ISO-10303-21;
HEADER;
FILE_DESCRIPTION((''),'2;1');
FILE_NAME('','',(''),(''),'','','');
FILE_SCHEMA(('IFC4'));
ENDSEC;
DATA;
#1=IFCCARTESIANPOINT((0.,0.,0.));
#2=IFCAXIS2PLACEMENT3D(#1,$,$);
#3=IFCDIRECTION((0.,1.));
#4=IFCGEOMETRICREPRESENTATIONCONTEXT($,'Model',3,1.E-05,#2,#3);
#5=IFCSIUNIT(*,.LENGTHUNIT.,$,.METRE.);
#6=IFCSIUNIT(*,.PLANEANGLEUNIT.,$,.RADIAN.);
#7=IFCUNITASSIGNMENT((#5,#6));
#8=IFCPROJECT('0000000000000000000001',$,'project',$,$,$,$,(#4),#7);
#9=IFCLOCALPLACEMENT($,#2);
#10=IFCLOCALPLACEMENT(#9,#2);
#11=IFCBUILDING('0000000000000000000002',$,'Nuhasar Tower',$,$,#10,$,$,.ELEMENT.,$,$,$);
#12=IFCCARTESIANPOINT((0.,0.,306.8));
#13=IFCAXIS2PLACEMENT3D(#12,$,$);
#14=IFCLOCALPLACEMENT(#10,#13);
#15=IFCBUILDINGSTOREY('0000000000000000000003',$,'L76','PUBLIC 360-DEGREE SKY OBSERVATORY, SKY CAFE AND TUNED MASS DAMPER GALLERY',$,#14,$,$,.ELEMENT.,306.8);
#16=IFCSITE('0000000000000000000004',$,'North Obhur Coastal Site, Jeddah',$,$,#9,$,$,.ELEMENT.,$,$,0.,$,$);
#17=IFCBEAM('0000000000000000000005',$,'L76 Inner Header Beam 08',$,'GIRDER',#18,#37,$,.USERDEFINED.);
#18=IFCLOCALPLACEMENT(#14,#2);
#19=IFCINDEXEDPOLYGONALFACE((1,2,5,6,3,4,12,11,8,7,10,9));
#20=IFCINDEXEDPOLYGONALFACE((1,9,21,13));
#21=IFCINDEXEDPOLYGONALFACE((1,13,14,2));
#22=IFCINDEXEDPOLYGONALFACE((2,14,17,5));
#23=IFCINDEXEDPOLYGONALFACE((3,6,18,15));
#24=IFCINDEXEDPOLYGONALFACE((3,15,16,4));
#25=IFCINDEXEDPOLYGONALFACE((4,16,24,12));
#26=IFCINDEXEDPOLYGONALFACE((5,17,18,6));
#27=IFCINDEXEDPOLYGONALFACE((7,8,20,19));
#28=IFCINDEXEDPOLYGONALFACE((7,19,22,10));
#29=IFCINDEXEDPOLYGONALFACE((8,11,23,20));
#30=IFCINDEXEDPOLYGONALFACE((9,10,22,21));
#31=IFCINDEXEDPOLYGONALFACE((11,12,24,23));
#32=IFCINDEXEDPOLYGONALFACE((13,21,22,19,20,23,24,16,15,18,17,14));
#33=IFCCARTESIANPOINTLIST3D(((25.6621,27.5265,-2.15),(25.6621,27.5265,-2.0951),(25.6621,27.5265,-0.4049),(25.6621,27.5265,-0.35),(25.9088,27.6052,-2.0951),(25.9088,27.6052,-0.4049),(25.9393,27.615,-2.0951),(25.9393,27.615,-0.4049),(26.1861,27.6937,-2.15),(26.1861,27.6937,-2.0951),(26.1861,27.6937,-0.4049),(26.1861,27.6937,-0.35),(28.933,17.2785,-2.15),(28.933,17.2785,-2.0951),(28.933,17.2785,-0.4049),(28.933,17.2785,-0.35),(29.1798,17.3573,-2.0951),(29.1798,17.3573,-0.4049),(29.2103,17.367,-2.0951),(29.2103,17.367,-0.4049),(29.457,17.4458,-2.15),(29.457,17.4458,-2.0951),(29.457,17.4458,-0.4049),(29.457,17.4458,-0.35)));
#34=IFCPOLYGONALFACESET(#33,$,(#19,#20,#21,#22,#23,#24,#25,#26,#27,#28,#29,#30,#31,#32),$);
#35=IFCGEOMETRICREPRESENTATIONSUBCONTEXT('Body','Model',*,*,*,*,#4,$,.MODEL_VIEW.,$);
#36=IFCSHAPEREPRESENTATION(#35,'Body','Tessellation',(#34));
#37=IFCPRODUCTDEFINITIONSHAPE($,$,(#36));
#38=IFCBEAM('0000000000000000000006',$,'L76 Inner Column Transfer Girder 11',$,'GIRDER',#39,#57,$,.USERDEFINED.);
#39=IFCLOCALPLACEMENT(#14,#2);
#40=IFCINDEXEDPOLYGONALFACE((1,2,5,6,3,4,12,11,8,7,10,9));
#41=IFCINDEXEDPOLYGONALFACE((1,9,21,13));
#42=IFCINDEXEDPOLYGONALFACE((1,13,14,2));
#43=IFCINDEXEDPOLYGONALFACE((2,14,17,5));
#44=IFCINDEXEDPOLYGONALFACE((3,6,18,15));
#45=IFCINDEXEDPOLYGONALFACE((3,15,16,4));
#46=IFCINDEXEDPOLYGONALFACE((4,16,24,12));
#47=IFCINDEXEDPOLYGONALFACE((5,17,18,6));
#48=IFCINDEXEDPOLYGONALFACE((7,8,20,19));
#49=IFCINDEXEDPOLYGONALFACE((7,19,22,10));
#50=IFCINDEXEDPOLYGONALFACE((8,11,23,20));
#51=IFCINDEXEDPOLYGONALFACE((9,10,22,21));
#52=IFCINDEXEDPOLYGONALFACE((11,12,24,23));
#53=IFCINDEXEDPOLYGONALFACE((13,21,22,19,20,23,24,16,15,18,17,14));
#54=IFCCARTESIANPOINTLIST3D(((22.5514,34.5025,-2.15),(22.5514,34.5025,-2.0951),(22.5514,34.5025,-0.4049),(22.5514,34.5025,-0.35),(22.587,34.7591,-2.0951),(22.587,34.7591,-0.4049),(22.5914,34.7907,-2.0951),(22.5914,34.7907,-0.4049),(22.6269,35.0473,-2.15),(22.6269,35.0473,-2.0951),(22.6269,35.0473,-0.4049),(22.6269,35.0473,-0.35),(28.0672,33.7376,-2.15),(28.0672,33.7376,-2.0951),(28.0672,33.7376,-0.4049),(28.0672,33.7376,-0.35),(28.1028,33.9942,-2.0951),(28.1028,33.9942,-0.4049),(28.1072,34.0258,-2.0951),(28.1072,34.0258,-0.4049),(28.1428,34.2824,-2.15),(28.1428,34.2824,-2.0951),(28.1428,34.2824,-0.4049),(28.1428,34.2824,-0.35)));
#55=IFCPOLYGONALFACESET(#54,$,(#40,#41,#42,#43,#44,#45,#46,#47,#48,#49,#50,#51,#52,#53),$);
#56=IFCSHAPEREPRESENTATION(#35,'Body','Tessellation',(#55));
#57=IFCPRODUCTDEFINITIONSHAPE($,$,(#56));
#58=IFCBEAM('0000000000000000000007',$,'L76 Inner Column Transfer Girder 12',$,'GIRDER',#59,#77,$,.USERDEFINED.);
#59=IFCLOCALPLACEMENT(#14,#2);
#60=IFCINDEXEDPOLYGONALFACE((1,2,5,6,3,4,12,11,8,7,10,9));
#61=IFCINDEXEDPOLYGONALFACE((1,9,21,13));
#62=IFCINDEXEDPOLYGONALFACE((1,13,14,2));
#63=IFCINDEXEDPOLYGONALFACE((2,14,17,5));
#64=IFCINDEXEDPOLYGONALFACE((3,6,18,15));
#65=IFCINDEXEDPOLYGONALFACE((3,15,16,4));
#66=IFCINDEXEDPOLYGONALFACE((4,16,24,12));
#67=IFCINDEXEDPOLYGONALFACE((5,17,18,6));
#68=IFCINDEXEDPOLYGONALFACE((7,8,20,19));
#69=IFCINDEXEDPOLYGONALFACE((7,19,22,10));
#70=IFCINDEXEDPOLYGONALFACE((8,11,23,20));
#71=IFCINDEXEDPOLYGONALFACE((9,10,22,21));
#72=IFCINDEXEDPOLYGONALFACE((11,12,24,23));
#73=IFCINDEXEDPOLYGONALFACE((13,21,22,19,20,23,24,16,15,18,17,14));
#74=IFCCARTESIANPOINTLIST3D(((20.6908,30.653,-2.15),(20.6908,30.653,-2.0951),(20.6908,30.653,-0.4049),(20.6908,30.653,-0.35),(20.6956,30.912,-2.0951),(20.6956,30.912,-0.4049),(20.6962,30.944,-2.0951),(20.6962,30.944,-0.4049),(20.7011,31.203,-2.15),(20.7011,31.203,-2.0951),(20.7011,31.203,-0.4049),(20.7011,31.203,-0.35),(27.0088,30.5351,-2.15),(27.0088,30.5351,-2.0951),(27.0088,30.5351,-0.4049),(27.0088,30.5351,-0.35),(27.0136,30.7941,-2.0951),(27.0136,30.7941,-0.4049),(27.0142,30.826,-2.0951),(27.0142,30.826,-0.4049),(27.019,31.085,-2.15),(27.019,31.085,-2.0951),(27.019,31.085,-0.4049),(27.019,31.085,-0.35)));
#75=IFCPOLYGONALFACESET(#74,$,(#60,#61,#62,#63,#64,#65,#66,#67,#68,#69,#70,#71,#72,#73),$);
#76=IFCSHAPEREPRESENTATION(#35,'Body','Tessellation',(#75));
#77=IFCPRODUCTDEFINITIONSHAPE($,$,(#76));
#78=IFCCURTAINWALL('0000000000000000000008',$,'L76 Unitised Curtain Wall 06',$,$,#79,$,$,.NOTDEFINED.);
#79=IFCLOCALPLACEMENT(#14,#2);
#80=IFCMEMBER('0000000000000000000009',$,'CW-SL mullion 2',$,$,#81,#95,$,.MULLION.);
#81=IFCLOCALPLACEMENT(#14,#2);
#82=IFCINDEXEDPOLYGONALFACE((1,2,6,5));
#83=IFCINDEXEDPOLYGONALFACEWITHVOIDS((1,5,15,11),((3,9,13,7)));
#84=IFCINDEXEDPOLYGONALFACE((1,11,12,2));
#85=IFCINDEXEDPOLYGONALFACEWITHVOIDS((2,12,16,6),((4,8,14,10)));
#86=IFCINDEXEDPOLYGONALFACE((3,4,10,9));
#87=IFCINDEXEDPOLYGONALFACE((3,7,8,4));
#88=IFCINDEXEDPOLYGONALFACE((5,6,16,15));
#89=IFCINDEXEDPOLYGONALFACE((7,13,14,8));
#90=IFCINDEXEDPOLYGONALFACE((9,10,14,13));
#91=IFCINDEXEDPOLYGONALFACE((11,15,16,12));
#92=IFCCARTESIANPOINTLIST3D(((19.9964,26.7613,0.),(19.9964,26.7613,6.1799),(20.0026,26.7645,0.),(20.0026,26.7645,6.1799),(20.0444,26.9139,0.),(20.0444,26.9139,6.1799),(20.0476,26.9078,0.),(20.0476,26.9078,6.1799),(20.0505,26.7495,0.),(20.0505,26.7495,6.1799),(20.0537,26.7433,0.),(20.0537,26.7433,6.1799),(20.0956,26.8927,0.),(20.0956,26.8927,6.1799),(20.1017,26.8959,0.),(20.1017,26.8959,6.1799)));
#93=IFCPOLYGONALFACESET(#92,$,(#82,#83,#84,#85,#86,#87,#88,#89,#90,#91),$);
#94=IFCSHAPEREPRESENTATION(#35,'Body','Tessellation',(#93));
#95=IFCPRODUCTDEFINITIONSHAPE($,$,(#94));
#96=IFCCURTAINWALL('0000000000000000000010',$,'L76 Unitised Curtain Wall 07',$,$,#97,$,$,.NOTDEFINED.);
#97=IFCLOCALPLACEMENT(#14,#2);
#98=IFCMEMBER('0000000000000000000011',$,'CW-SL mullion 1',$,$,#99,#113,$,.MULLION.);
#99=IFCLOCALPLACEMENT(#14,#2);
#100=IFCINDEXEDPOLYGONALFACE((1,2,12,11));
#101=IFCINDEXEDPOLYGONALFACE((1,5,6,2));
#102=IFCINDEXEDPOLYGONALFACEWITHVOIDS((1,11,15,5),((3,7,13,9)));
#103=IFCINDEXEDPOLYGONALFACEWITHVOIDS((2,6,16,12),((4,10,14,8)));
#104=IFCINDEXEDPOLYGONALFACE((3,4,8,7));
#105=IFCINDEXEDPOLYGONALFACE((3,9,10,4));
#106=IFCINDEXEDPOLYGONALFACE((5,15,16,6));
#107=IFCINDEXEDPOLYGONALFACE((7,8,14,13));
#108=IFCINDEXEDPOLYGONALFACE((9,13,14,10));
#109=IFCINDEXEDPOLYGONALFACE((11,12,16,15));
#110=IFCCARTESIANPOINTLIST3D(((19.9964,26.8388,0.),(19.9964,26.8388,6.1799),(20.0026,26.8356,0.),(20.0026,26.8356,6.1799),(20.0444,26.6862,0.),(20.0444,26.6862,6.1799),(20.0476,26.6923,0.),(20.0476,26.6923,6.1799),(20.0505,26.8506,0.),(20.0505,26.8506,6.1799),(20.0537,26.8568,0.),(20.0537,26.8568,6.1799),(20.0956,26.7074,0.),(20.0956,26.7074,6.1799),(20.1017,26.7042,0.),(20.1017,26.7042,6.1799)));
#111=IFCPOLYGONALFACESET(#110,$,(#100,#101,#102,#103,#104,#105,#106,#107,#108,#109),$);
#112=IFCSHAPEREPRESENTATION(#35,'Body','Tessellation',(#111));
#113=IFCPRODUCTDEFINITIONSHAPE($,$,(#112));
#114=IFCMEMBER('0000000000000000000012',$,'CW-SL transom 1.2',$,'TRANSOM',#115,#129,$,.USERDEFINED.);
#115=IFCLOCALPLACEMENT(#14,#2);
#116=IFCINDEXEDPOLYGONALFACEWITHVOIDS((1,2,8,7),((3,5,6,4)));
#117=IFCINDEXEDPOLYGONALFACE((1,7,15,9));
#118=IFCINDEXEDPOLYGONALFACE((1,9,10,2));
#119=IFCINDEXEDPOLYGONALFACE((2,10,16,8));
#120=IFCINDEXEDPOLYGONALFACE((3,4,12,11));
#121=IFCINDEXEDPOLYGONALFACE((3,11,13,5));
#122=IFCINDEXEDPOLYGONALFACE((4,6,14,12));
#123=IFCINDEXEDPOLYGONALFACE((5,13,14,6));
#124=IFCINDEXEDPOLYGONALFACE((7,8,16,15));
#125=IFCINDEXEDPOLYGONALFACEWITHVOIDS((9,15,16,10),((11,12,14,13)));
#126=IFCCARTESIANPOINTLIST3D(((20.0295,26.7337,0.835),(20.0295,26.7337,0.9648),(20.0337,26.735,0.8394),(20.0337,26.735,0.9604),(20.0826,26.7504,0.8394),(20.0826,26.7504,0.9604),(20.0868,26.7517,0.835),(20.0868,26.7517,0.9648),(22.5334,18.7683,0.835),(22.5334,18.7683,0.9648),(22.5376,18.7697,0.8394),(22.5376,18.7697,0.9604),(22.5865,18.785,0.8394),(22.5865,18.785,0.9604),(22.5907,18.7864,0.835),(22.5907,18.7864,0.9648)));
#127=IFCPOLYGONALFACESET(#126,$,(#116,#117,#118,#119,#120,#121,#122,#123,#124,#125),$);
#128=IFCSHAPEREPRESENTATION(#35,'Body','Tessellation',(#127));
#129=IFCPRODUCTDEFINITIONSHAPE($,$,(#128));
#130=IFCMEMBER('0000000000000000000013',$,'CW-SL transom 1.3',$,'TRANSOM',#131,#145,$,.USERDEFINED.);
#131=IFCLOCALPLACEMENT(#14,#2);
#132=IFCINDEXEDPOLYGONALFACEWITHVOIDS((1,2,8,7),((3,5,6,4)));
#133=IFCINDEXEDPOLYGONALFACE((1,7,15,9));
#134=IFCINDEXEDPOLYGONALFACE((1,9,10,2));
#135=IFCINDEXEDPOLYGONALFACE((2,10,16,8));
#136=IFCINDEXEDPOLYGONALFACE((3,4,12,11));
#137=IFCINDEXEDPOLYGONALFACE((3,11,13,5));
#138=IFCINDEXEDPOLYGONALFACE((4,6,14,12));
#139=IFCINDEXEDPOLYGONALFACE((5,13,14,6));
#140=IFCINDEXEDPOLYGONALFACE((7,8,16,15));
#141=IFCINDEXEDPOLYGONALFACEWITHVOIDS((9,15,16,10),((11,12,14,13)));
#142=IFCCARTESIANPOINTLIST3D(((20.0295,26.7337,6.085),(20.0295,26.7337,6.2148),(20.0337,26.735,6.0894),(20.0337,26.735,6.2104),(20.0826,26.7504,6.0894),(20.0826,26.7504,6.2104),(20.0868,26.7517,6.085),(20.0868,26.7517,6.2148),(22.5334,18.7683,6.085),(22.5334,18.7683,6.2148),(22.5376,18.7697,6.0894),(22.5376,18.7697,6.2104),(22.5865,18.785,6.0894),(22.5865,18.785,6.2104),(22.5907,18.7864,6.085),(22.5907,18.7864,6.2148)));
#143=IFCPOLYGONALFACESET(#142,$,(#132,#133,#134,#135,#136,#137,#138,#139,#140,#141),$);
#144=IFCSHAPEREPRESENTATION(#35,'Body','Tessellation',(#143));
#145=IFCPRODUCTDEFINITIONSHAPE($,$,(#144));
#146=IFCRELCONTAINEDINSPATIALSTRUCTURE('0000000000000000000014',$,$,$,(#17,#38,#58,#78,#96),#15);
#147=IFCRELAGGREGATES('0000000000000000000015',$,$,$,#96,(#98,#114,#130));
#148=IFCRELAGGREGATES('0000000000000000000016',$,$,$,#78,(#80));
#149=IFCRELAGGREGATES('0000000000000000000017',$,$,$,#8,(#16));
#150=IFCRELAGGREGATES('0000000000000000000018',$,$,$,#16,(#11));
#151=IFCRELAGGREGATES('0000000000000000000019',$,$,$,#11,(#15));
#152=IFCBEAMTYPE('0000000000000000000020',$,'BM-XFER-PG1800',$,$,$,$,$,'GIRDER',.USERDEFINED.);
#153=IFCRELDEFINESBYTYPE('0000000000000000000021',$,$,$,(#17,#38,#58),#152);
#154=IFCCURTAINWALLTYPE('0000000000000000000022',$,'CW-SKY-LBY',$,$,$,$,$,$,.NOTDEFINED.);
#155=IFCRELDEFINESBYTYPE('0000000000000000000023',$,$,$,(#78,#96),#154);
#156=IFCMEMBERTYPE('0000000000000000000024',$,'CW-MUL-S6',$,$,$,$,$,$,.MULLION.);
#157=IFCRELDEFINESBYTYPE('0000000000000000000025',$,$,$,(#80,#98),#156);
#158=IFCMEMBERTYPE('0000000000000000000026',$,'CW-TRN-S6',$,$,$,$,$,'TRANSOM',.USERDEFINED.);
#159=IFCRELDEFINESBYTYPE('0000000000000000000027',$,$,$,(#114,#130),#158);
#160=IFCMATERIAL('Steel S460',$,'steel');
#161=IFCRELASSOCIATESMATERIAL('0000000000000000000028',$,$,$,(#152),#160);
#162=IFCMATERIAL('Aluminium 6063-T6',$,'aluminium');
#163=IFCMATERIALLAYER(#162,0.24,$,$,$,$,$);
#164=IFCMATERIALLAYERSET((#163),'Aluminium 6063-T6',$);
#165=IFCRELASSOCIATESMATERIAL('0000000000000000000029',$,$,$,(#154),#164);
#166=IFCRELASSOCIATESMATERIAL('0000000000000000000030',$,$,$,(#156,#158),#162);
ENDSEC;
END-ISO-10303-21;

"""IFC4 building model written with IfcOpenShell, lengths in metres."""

from ifc_helpers import new_model, si_unit, direction, frame, origin, origin_2d, place, context, subcontext, project, spatial, hollow_rectangle, i_section, extrude, material, layer, layer_set, material_profile, profile_set, type_object, element, aggregate, save


model = new_model("IFC4")

# Units and contexts
model_context = context("Model", 3, precision=1e-05, world=origin(), true_north=direction((0.0, 1.0)))
body_context = subcontext(model_context, "Body", "Model", "MODEL_VIEW")
ifc_project = project(units=[si_unit("LENGTHUNIT", "METRE"), si_unit("PLANEANGLEUNIT", "RADIAN")], contexts=[model_context])

# Site, building, storey
site_placement = place(None, origin())
site = spatial("IfcSite", under=ifc_project, at=site_placement, Name="North Obhur Coastal Site, Jeddah", CompositionType="ELEMENT", RefElevation=0.0)
building_placement = place(site_placement, origin())
building = spatial("IfcBuilding", under=site, at=building_placement, Name="Nuhasar Tower", CompositionType="ELEMENT")
storey_placement = place(building_placement, frame((0.0, 0.0, 306.8)))
storey = spatial("IfcBuildingStorey", under=building, at=storey_placement, Name="L76", Description="PUBLIC 360-DEGREE SKY OBSERVATORY, SKY CAFE AND TUNED MASS DAMPER GALLERY", CompositionType="ELEMENT", Elevation=306.8)

# Beams
ifc_material_1 = material(Name="Steel S460", Category="steel")
ifc_material_profile_1 = material_profile(ifc_material_1, i_section(OverallWidth=0.55, OverallDepth=1.8, WebThickness=0.032, FlangeThickness=0.0549, at=origin_2d()), Name="PG1800X550")
ifc_profile_set_1 = profile_set([ifc_material_profile_1], Name="Steel S460")
beam_type_1 = type_object("IfcBeamType", Name="BM-XFER-PG1800", ElementType="GIRDER", PredefinedType="USERDEFINED", material=ifc_profile_set_1)
beam_1_placement = place(storey_placement, frame((25.9241, 27.6101, -1.25), z_axis=(0.304069, -0.95265, 0.0), x_axis=(0.95265, 0.304069, 0.0)))
element("IfcBeam", 1, at=beam_1_placement, inside=storey, type_object=beam_type_1, Name="L76 Inner Header Beam 08", ObjectType="GIRDER", PredefinedType="USERDEFINED", context=body_context, shape_type="SweptSolid", body=[
    extrude(i_section(OverallWidth=0.55, OverallDepth=1.8, WebThickness=0.032, FlangeThickness=0.0549, at=origin_2d()), origin(), (0.0, 0.0, 1.0), 10.7573),
])
beam_2_placement = place(storey_placement, frame((28.105, 34.01, -1.25), z_axis=(-0.990522, 0.137357, 0.0), x_axis=(-0.137357, -0.990522, 0.0)))
element("IfcBeam", 2, at=beam_2_placement, inside=storey, type_object=beam_type_1, Name="L76 Inner Column Transfer Girder 11", ObjectType="GIRDER", PredefinedType="USERDEFINED", context=body_context, shape_type="SweptSolid", body=[
    extrude(i_section(OverallWidth=0.55, OverallDepth=1.8, WebThickness=0.032, FlangeThickness=0.0549, at=origin_2d()), origin(), (0.0, 0.0, 1.0), 5.5686),
])
beam_3_placement = place(storey_placement, frame((27.0139, 30.8101, -1.25), z_axis=(-0.999826, 0.018661, 0.0), x_axis=(-0.018661, -0.999826, 0.0)))
element("IfcBeam", 3, at=beam_3_placement, inside=storey, type_object=beam_type_1, Name="L76 Inner Column Transfer Girder 12", ObjectType="GIRDER", PredefinedType="USERDEFINED", context=body_context, shape_type="SweptSolid", body=[
    extrude(i_section(OverallWidth=0.55, OverallDepth=1.8, WebThickness=0.032, FlangeThickness=0.0549, at=origin_2d()), origin(), (0.0, 0.0, 1.0), 6.3191),
])

# Curtain wall, member
ifc_material_2 = material(Name="Aluminium 6063-T6", Category="aluminium")
ifc_layer_1 = layer(ifc_material_2, 0.24)
ifc_layer_set_1 = layer_set([ifc_layer_1], Name="Aluminium 6063-T6")
curtain_wall_type = type_object("IfcCurtainWallType", Name="CW-SKY-LBY", PredefinedType="NOTDEFINED", material=ifc_layer_set_1)
curtain_wall_1_placement = place(storey_placement, origin())
curtain_wall_1 = element("IfcCurtainWall", 4, at=curtain_wall_1_placement, inside=storey, type_object=curtain_wall_type, Name="L76 Unitised Curtain Wall 06", PredefinedType="NOTDEFINED")
ifc_material_profile_2 = material_profile(ifc_material_2, hollow_rectangle(XDim=0.0601, YDim=0.1599, WallThickness=0.0049, at=origin_2d()), Name="CWM-6")
ifc_profile_set_2 = profile_set([ifc_material_profile_2], Name="Aluminium 6063-T6")
member_type_1 = type_object("IfcMemberType", Name="CW-MUL-S6", PredefinedType="MULLION", material=ifc_profile_set_2)
member_1_placement = place(storey_placement, frame((20.0491, 26.8286, 0.0), z_axis=(0.0, 0.0, 1.0), x_axis=(0.953974, -0.299888, 0.0)))
member_1 = element("IfcMember", 5, at=member_1_placement, type_object=member_type_1, Name="CW-SL mullion 2", PredefinedType="MULLION", context=body_context, shape_type="SweptSolid", body=[
    extrude(hollow_rectangle(XDim=0.0601, YDim=0.1599, WallThickness=0.0049, at=origin_2d()), origin(), (0.0, 0.0, 1.0), 6.1799),
])

# Curtain wall, members
curtain_wall_2_placement = place(storey_placement, origin())
curtain_wall_2 = element("IfcCurtainWall", 6, at=curtain_wall_2_placement, inside=storey, type_object=curtain_wall_type, Name="L76 Unitised Curtain Wall 07", PredefinedType="NOTDEFINED")
member_2_placement = place(storey_placement, frame((20.0491, 26.7715, 0.0), z_axis=(0.0, 0.0, 1.0), x_axis=(0.953974, 0.299888, 0.0)))
member_2 = element("IfcMember", 7, at=member_2_placement, type_object=member_type_1, Name="CW-SL mullion 1", PredefinedType="MULLION", context=body_context, shape_type="SweptSolid", body=[
    extrude(hollow_rectangle(XDim=0.0601, YDim=0.1599, WallThickness=0.0049, at=origin_2d()), origin(), (0.0, 0.0, 1.0), 6.1799),
])
ifc_material_profile_3 = material_profile(ifc_material_2, hollow_rectangle(XDim=0.0601, YDim=0.1299, WallThickness=0.0044, at=origin_2d()), Name="CWT-6")
ifc_profile_set_3 = profile_set([ifc_material_profile_3], Name="Aluminium 6063-T6")
member_type_2 = type_object("IfcMemberType", Name="CW-TRN-S6", ElementType="TRANSOM", PredefinedType="USERDEFINED", material=ifc_profile_set_3)
member_3_placement = place(storey_placement, frame((20.0581, 26.7427, 0.8999), z_axis=(0.299883, -0.953976, 0.0), x_axis=(0.953976, 0.299883, 0.0)))
member_3 = element("IfcMember", 8, at=member_3_placement, type_object=member_type_2, Name="CW-SL transom 1.2", ObjectType="TRANSOM", PredefinedType="USERDEFINED", context=body_context, shape_type="SweptSolid", body=[
    extrude(hollow_rectangle(XDim=0.0601, YDim=0.1299, WallThickness=0.0044, at=origin_2d()), origin(), (0.0, 0.0, 1.0), 8.3496),
])
member_4_placement = place(storey_placement, frame((20.0581, 26.7427, 6.1499), z_axis=(0.299883, -0.953976, 0.0), x_axis=(0.953976, 0.299883, 0.0)))
member_4 = element("IfcMember", 9, at=member_4_placement, type_object=member_type_2, Name="CW-SL transom 1.3", ObjectType="TRANSOM", PredefinedType="USERDEFINED", context=body_context, shape_type="SweptSolid", body=[
    extrude(hollow_rectangle(XDim=0.0601, YDim=0.1299, WallThickness=0.0044, at=origin_2d()), origin(), (0.0, 0.0, 1.0), 8.3496),
])
aggregate(curtain_wall_2, [member_2, member_3, member_4])

aggregate(curtain_wall_1, [member_1])

save(model, "model.ifc")
